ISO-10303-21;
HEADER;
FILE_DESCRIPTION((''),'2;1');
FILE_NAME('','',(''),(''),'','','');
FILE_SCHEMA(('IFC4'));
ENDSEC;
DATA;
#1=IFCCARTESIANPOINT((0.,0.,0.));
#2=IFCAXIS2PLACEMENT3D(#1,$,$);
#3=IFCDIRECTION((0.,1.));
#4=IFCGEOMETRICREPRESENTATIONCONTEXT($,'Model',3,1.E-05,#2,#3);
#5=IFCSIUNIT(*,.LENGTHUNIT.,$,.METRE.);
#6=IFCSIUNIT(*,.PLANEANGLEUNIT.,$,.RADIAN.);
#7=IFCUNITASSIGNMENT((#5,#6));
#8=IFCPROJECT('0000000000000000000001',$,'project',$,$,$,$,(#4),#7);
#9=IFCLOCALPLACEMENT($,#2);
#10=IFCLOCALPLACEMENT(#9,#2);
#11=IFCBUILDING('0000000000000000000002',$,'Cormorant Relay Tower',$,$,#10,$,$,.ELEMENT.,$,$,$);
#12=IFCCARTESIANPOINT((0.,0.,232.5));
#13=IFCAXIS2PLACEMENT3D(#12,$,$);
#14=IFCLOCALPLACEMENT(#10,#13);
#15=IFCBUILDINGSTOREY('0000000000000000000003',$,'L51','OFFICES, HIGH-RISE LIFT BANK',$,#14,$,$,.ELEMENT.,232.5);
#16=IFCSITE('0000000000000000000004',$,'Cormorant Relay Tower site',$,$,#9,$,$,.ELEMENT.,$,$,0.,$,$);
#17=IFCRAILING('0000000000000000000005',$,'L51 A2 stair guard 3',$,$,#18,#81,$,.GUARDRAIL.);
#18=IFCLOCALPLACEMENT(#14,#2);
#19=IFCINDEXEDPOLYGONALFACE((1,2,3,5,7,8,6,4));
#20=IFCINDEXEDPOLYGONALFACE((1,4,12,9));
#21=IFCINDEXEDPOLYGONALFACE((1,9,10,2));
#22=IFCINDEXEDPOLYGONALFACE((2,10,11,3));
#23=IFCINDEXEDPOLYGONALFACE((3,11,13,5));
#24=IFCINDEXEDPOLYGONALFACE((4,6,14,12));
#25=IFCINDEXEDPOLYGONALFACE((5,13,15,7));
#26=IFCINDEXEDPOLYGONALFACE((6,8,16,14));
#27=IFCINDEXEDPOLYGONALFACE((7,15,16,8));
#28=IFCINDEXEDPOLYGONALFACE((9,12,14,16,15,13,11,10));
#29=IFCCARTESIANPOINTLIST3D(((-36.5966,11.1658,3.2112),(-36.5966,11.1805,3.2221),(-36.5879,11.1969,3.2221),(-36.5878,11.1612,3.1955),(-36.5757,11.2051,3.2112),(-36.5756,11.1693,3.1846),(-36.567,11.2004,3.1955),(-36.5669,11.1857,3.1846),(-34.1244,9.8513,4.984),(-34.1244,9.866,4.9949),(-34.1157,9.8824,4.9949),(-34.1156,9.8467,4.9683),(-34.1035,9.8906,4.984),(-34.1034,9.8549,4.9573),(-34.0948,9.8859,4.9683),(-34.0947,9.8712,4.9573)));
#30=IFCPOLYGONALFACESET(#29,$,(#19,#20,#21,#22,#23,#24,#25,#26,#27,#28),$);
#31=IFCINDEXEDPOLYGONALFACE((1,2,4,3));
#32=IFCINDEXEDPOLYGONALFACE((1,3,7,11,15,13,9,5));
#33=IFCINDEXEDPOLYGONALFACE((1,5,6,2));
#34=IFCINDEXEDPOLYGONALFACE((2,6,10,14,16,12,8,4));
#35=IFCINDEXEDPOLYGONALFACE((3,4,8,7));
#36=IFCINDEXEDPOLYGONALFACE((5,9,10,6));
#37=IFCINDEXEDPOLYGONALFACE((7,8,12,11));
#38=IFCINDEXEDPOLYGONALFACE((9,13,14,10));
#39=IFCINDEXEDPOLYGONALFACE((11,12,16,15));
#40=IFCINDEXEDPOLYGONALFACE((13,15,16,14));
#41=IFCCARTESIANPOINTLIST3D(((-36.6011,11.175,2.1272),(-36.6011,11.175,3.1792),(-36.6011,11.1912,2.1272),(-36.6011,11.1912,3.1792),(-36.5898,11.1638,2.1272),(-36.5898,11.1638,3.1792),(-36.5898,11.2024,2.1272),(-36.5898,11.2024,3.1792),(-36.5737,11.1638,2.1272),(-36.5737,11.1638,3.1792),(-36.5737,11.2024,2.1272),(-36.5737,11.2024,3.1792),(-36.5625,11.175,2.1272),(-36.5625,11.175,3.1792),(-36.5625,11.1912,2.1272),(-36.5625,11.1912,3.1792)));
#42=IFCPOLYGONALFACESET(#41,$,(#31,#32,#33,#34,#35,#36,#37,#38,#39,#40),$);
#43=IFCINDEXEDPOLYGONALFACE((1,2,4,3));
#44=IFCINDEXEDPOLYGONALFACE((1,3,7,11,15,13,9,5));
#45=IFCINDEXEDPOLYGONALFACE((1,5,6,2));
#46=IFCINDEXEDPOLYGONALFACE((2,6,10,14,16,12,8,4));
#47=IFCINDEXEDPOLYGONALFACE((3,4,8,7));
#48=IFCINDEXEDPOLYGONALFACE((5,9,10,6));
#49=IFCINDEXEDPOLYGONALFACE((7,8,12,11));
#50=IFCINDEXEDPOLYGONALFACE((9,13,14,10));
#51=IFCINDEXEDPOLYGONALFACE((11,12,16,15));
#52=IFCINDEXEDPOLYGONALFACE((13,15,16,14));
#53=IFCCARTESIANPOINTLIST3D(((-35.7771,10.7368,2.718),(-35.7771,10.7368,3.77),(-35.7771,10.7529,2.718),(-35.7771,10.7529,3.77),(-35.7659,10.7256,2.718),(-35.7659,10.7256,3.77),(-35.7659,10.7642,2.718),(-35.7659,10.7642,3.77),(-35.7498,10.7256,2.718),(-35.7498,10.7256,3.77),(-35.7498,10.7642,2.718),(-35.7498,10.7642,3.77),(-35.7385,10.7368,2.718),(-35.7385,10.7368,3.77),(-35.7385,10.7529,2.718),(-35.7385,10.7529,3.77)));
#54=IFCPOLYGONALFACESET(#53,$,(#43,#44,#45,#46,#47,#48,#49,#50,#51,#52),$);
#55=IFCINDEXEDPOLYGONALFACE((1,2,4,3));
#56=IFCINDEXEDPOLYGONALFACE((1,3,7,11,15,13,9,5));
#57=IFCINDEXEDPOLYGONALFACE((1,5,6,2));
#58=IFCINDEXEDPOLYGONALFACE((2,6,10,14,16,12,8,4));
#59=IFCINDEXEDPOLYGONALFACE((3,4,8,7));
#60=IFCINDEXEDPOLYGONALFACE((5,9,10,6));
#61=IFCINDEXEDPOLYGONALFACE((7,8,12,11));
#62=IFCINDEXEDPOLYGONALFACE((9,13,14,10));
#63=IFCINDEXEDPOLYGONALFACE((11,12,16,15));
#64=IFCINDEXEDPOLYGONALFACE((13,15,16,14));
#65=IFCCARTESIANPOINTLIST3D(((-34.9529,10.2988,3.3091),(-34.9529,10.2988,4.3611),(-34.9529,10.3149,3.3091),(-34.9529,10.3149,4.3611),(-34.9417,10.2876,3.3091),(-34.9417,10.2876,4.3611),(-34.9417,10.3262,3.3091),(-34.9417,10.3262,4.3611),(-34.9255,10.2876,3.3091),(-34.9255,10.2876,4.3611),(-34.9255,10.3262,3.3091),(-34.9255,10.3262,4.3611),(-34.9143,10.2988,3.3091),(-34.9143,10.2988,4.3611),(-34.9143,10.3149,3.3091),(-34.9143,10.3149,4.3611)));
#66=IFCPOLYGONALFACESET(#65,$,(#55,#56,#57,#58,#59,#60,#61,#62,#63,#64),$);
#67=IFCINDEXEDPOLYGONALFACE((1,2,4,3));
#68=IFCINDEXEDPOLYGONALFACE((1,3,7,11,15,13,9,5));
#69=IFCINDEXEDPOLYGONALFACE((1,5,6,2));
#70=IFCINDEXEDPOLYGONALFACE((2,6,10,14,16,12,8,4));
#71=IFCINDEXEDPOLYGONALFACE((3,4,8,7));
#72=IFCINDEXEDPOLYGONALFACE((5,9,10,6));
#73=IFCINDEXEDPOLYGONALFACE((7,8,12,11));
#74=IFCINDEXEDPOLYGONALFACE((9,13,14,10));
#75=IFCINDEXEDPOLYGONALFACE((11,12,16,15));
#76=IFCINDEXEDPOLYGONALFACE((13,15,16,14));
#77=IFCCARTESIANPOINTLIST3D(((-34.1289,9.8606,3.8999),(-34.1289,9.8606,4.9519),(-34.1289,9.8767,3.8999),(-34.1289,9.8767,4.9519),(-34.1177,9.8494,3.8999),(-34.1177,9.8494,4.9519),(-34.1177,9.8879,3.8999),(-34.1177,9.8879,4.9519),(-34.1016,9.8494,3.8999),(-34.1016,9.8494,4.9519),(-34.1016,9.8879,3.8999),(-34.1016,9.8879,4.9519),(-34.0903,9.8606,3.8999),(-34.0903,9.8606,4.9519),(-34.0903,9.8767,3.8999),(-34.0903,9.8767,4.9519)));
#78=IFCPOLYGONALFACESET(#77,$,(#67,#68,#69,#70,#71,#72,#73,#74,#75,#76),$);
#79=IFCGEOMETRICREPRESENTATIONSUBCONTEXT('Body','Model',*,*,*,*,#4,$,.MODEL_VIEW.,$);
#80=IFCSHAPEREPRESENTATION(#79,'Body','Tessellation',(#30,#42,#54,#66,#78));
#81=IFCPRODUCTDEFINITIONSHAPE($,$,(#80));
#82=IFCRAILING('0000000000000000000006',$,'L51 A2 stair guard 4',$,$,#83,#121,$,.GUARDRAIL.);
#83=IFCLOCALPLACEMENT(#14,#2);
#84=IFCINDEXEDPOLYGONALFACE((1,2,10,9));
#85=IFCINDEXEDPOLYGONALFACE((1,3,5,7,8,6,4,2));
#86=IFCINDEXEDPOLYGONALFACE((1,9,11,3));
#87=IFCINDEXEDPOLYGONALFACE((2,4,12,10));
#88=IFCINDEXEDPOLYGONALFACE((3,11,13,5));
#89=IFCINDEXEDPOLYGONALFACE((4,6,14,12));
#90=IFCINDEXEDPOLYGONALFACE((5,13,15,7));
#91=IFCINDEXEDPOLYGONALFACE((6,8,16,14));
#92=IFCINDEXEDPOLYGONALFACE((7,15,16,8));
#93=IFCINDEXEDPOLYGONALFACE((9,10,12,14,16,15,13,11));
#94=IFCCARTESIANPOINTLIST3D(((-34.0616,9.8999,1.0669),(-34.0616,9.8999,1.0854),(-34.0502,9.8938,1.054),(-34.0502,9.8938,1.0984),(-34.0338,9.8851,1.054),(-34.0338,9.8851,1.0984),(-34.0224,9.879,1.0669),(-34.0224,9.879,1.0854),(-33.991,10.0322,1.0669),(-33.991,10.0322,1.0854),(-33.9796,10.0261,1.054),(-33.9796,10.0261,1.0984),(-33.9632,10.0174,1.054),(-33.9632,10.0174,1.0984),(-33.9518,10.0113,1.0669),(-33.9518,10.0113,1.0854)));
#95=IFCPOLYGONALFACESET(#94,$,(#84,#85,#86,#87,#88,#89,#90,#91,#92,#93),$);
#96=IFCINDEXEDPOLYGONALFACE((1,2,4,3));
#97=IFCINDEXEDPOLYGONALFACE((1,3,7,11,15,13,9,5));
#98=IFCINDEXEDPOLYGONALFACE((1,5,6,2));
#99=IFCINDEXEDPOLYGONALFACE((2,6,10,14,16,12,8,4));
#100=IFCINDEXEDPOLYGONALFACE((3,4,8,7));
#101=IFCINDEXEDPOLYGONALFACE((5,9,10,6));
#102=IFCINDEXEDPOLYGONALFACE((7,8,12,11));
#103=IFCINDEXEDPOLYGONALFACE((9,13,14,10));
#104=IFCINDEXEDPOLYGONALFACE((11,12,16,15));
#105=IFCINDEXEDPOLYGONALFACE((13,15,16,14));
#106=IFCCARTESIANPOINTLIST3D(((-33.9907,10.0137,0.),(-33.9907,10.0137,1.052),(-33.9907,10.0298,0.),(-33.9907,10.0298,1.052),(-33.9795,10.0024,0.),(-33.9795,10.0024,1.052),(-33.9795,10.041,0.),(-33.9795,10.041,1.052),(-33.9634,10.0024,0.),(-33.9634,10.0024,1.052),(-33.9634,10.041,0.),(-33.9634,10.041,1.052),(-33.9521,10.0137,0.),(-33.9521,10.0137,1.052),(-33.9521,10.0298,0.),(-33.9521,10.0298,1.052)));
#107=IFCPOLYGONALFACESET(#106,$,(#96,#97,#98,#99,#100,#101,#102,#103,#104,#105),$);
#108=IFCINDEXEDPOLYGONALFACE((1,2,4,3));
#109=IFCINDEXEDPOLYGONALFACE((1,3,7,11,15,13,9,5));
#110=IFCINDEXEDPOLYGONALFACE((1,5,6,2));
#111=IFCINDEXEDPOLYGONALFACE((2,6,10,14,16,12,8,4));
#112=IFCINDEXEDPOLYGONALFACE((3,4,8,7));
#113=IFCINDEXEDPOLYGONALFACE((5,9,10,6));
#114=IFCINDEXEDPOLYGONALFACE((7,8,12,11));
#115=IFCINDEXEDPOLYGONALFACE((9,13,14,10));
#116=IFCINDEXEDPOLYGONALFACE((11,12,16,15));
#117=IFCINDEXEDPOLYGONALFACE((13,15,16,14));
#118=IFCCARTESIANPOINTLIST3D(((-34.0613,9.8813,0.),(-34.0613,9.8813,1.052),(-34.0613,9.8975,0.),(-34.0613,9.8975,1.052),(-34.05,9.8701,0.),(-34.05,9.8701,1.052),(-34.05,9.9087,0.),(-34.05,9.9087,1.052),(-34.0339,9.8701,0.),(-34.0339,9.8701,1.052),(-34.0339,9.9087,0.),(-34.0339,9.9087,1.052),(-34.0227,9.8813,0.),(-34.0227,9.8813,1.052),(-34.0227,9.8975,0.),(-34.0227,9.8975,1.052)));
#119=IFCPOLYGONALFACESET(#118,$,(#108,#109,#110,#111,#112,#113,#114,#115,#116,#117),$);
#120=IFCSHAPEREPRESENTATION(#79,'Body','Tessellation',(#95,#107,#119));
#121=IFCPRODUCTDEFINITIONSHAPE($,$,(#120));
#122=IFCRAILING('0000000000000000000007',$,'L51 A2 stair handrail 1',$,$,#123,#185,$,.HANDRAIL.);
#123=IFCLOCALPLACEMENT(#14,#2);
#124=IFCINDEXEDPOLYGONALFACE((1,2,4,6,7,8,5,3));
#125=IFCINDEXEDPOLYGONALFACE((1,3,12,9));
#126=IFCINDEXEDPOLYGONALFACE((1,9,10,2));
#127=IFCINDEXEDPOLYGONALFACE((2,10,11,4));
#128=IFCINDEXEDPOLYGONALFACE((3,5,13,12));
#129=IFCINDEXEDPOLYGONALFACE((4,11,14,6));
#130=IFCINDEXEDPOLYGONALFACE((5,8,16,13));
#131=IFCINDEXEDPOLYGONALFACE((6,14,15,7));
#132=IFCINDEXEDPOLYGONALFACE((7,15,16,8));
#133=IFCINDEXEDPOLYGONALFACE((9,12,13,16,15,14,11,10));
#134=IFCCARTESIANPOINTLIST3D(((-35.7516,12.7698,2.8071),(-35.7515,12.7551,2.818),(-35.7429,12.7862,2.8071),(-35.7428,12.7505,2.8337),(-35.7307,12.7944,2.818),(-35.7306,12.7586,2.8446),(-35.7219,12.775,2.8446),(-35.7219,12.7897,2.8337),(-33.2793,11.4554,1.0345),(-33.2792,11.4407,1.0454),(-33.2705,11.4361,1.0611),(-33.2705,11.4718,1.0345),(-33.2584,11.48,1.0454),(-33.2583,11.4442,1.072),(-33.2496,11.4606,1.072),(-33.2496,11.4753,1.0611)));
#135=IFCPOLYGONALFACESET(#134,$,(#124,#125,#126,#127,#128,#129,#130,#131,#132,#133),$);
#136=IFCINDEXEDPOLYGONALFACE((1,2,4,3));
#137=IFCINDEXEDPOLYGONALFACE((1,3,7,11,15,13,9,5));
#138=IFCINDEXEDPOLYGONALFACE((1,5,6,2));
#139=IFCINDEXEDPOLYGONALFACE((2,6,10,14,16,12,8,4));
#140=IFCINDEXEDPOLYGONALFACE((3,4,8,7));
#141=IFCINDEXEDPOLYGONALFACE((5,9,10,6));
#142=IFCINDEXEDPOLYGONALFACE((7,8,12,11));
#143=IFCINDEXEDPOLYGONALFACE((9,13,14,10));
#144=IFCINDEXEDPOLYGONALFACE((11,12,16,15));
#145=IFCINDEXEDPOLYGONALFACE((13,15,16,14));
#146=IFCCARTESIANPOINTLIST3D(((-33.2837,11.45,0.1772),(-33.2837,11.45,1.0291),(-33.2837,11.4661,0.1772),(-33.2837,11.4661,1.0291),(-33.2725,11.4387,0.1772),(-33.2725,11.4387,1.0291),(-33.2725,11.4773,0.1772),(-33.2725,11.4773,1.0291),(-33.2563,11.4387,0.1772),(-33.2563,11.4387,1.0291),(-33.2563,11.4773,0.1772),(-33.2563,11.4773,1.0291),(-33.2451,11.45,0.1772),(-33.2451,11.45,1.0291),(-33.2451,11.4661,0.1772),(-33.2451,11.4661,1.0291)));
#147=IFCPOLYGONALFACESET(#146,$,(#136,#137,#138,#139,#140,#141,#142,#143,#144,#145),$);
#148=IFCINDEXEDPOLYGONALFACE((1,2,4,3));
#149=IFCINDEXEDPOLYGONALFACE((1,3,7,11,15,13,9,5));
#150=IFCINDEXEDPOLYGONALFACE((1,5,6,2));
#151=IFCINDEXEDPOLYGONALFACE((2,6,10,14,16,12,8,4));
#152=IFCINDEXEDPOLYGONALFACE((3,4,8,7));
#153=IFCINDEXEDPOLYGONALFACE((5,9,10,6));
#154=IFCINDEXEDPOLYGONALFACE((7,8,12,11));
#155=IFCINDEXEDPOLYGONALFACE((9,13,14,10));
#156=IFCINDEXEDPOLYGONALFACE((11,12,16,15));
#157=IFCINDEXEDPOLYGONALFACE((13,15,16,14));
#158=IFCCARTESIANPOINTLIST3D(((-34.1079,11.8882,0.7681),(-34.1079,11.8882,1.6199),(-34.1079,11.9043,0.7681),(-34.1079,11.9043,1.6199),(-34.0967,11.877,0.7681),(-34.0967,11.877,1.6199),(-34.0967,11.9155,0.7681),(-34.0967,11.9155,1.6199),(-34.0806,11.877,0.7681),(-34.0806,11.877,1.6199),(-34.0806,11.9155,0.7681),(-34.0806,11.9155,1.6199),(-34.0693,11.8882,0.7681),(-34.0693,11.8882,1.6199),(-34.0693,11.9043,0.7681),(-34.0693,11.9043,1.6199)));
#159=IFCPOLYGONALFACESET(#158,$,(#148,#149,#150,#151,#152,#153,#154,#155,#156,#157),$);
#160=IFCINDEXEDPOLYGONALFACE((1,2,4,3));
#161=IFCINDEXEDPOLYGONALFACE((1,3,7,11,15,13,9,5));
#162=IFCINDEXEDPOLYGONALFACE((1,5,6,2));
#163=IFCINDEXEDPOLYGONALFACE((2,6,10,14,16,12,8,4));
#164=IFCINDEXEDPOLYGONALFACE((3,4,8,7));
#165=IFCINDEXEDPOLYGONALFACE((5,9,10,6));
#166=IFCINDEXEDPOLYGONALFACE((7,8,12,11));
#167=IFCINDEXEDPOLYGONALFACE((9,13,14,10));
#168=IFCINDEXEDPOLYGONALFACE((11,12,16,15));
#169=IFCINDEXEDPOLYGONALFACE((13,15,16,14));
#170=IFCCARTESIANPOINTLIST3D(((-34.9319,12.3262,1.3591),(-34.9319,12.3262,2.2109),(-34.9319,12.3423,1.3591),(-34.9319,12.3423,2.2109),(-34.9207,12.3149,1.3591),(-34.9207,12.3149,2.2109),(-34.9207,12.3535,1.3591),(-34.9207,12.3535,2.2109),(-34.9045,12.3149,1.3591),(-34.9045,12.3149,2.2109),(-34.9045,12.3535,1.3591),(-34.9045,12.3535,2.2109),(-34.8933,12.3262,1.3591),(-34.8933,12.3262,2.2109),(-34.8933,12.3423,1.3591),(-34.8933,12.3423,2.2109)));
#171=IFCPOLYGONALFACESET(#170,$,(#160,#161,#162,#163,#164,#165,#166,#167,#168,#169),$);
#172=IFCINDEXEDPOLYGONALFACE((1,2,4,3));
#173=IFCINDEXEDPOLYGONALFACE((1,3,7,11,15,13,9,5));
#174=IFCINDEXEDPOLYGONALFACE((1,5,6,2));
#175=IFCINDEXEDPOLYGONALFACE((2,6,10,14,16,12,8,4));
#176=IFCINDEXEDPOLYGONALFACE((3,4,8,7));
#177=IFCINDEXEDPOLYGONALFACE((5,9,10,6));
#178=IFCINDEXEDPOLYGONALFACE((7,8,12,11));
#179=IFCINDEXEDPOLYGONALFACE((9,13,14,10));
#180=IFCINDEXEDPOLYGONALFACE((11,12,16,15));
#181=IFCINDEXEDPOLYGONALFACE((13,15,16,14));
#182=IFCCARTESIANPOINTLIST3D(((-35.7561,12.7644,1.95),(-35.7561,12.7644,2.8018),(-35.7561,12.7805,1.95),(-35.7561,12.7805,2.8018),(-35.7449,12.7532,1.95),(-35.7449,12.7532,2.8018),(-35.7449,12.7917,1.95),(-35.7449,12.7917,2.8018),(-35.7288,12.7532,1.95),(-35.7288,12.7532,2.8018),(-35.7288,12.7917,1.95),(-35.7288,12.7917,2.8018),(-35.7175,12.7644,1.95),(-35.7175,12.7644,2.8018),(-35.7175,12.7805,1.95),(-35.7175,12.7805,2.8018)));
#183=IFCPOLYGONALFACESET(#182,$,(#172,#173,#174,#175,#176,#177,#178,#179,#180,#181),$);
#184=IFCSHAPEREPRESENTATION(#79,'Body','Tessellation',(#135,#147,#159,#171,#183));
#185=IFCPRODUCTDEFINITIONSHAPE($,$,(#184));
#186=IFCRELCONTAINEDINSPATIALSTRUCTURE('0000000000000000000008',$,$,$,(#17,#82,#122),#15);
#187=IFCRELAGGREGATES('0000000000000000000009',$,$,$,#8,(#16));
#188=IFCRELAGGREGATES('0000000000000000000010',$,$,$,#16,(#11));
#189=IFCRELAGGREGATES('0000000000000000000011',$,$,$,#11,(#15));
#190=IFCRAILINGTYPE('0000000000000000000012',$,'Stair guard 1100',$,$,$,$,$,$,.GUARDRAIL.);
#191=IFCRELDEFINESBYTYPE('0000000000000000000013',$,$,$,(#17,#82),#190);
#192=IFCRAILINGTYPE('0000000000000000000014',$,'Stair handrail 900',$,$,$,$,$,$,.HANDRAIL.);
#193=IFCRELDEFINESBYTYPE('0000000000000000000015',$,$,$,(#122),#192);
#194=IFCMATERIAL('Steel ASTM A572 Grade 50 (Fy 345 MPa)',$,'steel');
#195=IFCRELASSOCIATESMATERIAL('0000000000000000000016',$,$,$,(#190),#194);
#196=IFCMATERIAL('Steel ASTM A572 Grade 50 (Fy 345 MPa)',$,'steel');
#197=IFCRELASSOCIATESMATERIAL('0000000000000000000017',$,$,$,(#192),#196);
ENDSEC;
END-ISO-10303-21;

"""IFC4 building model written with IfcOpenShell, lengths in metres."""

from ifc_helpers import new_model, si_unit, direction, frame, origin, place, context, subcontext, project, spatial, polyline, outline, extrude, material, type_object, element, save


model = new_model("IFC4")

# Units and contexts
model_context = context("Model", 3, precision=1e-05, world=origin(), true_north=direction((0.0, 1.0)))
body_context = subcontext(model_context, "Body", "Model", "MODEL_VIEW")
ifc_project = project(units=[si_unit("LENGTHUNIT", "METRE"), si_unit("PLANEANGLEUNIT", "RADIAN")], contexts=[model_context])

# Site, building, storey
site_placement = place(None, origin())
site = spatial("IfcSite", under=ifc_project, at=site_placement, Name="Cormorant Relay Tower site", CompositionType="ELEMENT", RefElevation=0.0)
building_placement = place(site_placement, origin())
building = spatial("IfcBuilding", under=site, at=building_placement, Name="Cormorant Relay Tower", CompositionType="ELEMENT")
storey_placement = place(building_placement, frame((0.0, 0.0, 232.5)))
storey = spatial("IfcBuildingStorey", under=building, at=storey_placement, Name="L51", Description="OFFICES, HIGH-RISE LIFT BANK", CompositionType="ELEMENT", Elevation=232.5)

# Railings
ifc_material_1 = material(Name="Steel ASTM A572 Grade 50 (Fy 345 MPa)", Category="steel")
railing_type_1 = type_object("IfcRailingType", Name="Stair guard 1100", PredefinedType="GUARDRAIL", material=ifc_material_1)
railing_1_placement = place(storey_placement, frame((-36.5818, 11.1831, 2.1272)))
element("IfcRailing", 1, at=railing_1_placement, inside=storey, type_object=railing_type_1, Name="L51 A2 stair guard 3", PredefinedType="GUARDRAIL", context=body_context, shape_type="SweptSolid", body=[
    extrude(outline(polyline([(0.0222, 0.0093), (0.0093, 0.0222), (-0.0093, 0.0222), (-0.0222, 0.0093), (-0.0222, -0.0093), (-0.0093, -0.0222), (0.0093, -0.0222), (0.0222, -0.0093), (0.0222, 0.0093)])), frame((0.0, 0.0, 1.0762), z_axis=(0.746001, -0.396649, 0.534931), x_axis=(0.469465, 0.882951, 0.0)), (0.0, 0.0, 1.0), 3.314),
    extrude(outline(polyline([(0.0193, 0.0081), (0.0081, 0.0193), (-0.0081, 0.0193), (-0.0193, 0.0081), (-0.0193, -0.0081), (-0.0081, -0.0193), (0.0081, -0.0193), (0.0193, -0.0081), (0.0193, 0.0081)])), origin(), (0.0, 0.0, 1.0), 1.052),
    extrude(outline(polyline([(0.0193, 0.0081), (0.0081, 0.0193), (-0.0081, 0.0193), (-0.0193, 0.0081), (-0.0193, -0.0081), (-0.0081, -0.0193), (0.0081, -0.0193), (0.0193, -0.0081), (0.0193, 0.0081)])), frame((0.824, -0.4382, 0.5908)), (0.0, 0.0, 1.0), 1.052),
    extrude(outline(polyline([(0.0193, 0.0081), (0.0081, 0.0193), (-0.0081, 0.0193), (-0.0193, 0.0081), (-0.0193, -0.0081), (-0.0081, -0.0193), (0.0081, -0.0193), (0.0193, -0.0081), (0.0193, 0.0081)])), frame((1.6482, -0.8762, 1.1819)), (0.0, 0.0, 1.0), 1.052),
    extrude(outline(polyline([(0.0193, 0.0081), (0.0081, 0.0193), (-0.0081, 0.0193), (-0.0193, 0.0081), (-0.0193, -0.0081), (-0.0081, -0.0193), (0.0081, -0.0193), (0.0193, -0.0081), (0.0193, 0.0081)])), frame((2.4722, -1.3145, 1.7727)), (0.0, 0.0, 1.0), 1.052),
])
railing_2_placement = place(storey_placement, frame((-33.9714, 10.0217, 0.0)))
element("IfcRailing", 2, at=railing_2_placement, inside=storey, type_object=railing_type_1, Name="L51 A2 stair guard 4", PredefinedType="GUARDRAIL", context=body_context, shape_type="SweptSolid", body=[
    extrude(outline(polyline([(0.0222, 0.0093), (0.0093, 0.0222), (-0.0093, 0.0222), (-0.0222, 0.0093), (-0.0222, -0.0093), (-0.0093, -0.0222), (0.0093, -0.0222), (0.0222, -0.0093), (0.0222, 0.0093)])), frame((0.0, 0.0, 1.0762), z_axis=(-0.470504, -0.882398, 0.0), x_axis=(0.882398, -0.470504, 0.0)), (0.0, 0.0, 1.0), 0.1499),
    extrude(outline(polyline([(0.0193, 0.0081), (0.0081, 0.0193), (-0.0081, 0.0193), (-0.0193, 0.0081), (-0.0193, -0.0081), (-0.0081, -0.0193), (0.0081, -0.0193), (0.0193, -0.0081), (0.0193, 0.0081)])), origin(), (0.0, 0.0, 1.0), 1.052),
    extrude(outline(polyline([(0.0193, 0.0081), (0.0081, 0.0193), (-0.0081, 0.0193), (-0.0193, 0.0081), (-0.0193, -0.0081), (-0.0081, -0.0193), (0.0081, -0.0193), (0.0193, -0.0081), (0.0193, 0.0081)])), frame((-0.0706, -0.1323, 0.0)), (0.0, 0.0, 1.0), 1.052),
])
ifc_material_2 = material(Name="Steel ASTM A572 Grade 50 (Fy 345 MPa)", Category="steel")
railing_type_2 = type_object("IfcRailingType", Name="Stair handrail 900", PredefinedType="HANDRAIL", material=ifc_material_2)
railing_3_placement = place(storey_placement, frame((-33.2644, 11.458, 0.1772)))
element("IfcRailing", 3, at=railing_3_placement, inside=storey, type_object=railing_type_2, Name="L51 A2 stair handrail 1", PredefinedType="HANDRAIL", context=body_context, shape_type="SweptSolid", body=[
    extrude(outline(polyline([(0.0222, 0.0093), (0.0093, 0.0222), (-0.0093, 0.0222), (-0.0222, 0.0093), (-0.0222, -0.0093), (-0.0093, -0.0222), (0.0093, -0.0222), (0.0222, -0.0093), (0.0222, 0.0093)])), frame((0.0, 0.0, 0.876), z_axis=(-0.746034, 0.396627, 0.534902), x_axis=(-0.469429, -0.88297, 0.0)), (0.0, 0.0, 1.0), 3.314),
    extrude(outline(polyline([(0.0193, 0.0081), (0.0081, 0.0193), (-0.0081, 0.0193), (-0.0193, 0.0081), (-0.0193, -0.0081), (-0.0081, -0.0193), (0.0081, -0.0193), (0.0193, -0.0081), (0.0193, 0.0081)])), origin(), (0.0, 0.0, 1.0), 0.8518),
    extrude(outline(polyline([(0.0193, 0.0081), (0.0081, 0.0193), (-0.0081, 0.0193), (-0.0193, 0.0081), (-0.0193, -0.0081), (-0.0081, -0.0193), (0.0081, -0.0193), (0.0193, -0.0081), (0.0193, 0.0081)])), frame((-0.8242, 0.4382, 0.5908)), (0.0, 0.0, 1.0), 0.8518),
    extrude(outline(polyline([(0.0193, 0.0081), (0.0081, 0.0193), (-0.0081, 0.0193), (-0.0193, 0.0081), (-0.0193, -0.0081), (-0.0081, -0.0193), (0.0081, -0.0193), (0.0193, -0.0081), (0.0193, 0.0081)])), frame((-1.6482, 0.8762, 1.1819)), (0.0, 0.0, 1.0), 0.8518),
    extrude(outline(polyline([(0.0193, 0.0081), (0.0081, 0.0193), (-0.0081, 0.0193), (-0.0193, 0.0081), (-0.0193, -0.0081), (-0.0081, -0.0193), (0.0081, -0.0193), (0.0193, -0.0081), (0.0193, 0.0081)])), frame((-2.4724, 1.3145, 1.7727)), (0.0, 0.0, 1.0), 0.8518),
])

save(model, "model.ifc")
